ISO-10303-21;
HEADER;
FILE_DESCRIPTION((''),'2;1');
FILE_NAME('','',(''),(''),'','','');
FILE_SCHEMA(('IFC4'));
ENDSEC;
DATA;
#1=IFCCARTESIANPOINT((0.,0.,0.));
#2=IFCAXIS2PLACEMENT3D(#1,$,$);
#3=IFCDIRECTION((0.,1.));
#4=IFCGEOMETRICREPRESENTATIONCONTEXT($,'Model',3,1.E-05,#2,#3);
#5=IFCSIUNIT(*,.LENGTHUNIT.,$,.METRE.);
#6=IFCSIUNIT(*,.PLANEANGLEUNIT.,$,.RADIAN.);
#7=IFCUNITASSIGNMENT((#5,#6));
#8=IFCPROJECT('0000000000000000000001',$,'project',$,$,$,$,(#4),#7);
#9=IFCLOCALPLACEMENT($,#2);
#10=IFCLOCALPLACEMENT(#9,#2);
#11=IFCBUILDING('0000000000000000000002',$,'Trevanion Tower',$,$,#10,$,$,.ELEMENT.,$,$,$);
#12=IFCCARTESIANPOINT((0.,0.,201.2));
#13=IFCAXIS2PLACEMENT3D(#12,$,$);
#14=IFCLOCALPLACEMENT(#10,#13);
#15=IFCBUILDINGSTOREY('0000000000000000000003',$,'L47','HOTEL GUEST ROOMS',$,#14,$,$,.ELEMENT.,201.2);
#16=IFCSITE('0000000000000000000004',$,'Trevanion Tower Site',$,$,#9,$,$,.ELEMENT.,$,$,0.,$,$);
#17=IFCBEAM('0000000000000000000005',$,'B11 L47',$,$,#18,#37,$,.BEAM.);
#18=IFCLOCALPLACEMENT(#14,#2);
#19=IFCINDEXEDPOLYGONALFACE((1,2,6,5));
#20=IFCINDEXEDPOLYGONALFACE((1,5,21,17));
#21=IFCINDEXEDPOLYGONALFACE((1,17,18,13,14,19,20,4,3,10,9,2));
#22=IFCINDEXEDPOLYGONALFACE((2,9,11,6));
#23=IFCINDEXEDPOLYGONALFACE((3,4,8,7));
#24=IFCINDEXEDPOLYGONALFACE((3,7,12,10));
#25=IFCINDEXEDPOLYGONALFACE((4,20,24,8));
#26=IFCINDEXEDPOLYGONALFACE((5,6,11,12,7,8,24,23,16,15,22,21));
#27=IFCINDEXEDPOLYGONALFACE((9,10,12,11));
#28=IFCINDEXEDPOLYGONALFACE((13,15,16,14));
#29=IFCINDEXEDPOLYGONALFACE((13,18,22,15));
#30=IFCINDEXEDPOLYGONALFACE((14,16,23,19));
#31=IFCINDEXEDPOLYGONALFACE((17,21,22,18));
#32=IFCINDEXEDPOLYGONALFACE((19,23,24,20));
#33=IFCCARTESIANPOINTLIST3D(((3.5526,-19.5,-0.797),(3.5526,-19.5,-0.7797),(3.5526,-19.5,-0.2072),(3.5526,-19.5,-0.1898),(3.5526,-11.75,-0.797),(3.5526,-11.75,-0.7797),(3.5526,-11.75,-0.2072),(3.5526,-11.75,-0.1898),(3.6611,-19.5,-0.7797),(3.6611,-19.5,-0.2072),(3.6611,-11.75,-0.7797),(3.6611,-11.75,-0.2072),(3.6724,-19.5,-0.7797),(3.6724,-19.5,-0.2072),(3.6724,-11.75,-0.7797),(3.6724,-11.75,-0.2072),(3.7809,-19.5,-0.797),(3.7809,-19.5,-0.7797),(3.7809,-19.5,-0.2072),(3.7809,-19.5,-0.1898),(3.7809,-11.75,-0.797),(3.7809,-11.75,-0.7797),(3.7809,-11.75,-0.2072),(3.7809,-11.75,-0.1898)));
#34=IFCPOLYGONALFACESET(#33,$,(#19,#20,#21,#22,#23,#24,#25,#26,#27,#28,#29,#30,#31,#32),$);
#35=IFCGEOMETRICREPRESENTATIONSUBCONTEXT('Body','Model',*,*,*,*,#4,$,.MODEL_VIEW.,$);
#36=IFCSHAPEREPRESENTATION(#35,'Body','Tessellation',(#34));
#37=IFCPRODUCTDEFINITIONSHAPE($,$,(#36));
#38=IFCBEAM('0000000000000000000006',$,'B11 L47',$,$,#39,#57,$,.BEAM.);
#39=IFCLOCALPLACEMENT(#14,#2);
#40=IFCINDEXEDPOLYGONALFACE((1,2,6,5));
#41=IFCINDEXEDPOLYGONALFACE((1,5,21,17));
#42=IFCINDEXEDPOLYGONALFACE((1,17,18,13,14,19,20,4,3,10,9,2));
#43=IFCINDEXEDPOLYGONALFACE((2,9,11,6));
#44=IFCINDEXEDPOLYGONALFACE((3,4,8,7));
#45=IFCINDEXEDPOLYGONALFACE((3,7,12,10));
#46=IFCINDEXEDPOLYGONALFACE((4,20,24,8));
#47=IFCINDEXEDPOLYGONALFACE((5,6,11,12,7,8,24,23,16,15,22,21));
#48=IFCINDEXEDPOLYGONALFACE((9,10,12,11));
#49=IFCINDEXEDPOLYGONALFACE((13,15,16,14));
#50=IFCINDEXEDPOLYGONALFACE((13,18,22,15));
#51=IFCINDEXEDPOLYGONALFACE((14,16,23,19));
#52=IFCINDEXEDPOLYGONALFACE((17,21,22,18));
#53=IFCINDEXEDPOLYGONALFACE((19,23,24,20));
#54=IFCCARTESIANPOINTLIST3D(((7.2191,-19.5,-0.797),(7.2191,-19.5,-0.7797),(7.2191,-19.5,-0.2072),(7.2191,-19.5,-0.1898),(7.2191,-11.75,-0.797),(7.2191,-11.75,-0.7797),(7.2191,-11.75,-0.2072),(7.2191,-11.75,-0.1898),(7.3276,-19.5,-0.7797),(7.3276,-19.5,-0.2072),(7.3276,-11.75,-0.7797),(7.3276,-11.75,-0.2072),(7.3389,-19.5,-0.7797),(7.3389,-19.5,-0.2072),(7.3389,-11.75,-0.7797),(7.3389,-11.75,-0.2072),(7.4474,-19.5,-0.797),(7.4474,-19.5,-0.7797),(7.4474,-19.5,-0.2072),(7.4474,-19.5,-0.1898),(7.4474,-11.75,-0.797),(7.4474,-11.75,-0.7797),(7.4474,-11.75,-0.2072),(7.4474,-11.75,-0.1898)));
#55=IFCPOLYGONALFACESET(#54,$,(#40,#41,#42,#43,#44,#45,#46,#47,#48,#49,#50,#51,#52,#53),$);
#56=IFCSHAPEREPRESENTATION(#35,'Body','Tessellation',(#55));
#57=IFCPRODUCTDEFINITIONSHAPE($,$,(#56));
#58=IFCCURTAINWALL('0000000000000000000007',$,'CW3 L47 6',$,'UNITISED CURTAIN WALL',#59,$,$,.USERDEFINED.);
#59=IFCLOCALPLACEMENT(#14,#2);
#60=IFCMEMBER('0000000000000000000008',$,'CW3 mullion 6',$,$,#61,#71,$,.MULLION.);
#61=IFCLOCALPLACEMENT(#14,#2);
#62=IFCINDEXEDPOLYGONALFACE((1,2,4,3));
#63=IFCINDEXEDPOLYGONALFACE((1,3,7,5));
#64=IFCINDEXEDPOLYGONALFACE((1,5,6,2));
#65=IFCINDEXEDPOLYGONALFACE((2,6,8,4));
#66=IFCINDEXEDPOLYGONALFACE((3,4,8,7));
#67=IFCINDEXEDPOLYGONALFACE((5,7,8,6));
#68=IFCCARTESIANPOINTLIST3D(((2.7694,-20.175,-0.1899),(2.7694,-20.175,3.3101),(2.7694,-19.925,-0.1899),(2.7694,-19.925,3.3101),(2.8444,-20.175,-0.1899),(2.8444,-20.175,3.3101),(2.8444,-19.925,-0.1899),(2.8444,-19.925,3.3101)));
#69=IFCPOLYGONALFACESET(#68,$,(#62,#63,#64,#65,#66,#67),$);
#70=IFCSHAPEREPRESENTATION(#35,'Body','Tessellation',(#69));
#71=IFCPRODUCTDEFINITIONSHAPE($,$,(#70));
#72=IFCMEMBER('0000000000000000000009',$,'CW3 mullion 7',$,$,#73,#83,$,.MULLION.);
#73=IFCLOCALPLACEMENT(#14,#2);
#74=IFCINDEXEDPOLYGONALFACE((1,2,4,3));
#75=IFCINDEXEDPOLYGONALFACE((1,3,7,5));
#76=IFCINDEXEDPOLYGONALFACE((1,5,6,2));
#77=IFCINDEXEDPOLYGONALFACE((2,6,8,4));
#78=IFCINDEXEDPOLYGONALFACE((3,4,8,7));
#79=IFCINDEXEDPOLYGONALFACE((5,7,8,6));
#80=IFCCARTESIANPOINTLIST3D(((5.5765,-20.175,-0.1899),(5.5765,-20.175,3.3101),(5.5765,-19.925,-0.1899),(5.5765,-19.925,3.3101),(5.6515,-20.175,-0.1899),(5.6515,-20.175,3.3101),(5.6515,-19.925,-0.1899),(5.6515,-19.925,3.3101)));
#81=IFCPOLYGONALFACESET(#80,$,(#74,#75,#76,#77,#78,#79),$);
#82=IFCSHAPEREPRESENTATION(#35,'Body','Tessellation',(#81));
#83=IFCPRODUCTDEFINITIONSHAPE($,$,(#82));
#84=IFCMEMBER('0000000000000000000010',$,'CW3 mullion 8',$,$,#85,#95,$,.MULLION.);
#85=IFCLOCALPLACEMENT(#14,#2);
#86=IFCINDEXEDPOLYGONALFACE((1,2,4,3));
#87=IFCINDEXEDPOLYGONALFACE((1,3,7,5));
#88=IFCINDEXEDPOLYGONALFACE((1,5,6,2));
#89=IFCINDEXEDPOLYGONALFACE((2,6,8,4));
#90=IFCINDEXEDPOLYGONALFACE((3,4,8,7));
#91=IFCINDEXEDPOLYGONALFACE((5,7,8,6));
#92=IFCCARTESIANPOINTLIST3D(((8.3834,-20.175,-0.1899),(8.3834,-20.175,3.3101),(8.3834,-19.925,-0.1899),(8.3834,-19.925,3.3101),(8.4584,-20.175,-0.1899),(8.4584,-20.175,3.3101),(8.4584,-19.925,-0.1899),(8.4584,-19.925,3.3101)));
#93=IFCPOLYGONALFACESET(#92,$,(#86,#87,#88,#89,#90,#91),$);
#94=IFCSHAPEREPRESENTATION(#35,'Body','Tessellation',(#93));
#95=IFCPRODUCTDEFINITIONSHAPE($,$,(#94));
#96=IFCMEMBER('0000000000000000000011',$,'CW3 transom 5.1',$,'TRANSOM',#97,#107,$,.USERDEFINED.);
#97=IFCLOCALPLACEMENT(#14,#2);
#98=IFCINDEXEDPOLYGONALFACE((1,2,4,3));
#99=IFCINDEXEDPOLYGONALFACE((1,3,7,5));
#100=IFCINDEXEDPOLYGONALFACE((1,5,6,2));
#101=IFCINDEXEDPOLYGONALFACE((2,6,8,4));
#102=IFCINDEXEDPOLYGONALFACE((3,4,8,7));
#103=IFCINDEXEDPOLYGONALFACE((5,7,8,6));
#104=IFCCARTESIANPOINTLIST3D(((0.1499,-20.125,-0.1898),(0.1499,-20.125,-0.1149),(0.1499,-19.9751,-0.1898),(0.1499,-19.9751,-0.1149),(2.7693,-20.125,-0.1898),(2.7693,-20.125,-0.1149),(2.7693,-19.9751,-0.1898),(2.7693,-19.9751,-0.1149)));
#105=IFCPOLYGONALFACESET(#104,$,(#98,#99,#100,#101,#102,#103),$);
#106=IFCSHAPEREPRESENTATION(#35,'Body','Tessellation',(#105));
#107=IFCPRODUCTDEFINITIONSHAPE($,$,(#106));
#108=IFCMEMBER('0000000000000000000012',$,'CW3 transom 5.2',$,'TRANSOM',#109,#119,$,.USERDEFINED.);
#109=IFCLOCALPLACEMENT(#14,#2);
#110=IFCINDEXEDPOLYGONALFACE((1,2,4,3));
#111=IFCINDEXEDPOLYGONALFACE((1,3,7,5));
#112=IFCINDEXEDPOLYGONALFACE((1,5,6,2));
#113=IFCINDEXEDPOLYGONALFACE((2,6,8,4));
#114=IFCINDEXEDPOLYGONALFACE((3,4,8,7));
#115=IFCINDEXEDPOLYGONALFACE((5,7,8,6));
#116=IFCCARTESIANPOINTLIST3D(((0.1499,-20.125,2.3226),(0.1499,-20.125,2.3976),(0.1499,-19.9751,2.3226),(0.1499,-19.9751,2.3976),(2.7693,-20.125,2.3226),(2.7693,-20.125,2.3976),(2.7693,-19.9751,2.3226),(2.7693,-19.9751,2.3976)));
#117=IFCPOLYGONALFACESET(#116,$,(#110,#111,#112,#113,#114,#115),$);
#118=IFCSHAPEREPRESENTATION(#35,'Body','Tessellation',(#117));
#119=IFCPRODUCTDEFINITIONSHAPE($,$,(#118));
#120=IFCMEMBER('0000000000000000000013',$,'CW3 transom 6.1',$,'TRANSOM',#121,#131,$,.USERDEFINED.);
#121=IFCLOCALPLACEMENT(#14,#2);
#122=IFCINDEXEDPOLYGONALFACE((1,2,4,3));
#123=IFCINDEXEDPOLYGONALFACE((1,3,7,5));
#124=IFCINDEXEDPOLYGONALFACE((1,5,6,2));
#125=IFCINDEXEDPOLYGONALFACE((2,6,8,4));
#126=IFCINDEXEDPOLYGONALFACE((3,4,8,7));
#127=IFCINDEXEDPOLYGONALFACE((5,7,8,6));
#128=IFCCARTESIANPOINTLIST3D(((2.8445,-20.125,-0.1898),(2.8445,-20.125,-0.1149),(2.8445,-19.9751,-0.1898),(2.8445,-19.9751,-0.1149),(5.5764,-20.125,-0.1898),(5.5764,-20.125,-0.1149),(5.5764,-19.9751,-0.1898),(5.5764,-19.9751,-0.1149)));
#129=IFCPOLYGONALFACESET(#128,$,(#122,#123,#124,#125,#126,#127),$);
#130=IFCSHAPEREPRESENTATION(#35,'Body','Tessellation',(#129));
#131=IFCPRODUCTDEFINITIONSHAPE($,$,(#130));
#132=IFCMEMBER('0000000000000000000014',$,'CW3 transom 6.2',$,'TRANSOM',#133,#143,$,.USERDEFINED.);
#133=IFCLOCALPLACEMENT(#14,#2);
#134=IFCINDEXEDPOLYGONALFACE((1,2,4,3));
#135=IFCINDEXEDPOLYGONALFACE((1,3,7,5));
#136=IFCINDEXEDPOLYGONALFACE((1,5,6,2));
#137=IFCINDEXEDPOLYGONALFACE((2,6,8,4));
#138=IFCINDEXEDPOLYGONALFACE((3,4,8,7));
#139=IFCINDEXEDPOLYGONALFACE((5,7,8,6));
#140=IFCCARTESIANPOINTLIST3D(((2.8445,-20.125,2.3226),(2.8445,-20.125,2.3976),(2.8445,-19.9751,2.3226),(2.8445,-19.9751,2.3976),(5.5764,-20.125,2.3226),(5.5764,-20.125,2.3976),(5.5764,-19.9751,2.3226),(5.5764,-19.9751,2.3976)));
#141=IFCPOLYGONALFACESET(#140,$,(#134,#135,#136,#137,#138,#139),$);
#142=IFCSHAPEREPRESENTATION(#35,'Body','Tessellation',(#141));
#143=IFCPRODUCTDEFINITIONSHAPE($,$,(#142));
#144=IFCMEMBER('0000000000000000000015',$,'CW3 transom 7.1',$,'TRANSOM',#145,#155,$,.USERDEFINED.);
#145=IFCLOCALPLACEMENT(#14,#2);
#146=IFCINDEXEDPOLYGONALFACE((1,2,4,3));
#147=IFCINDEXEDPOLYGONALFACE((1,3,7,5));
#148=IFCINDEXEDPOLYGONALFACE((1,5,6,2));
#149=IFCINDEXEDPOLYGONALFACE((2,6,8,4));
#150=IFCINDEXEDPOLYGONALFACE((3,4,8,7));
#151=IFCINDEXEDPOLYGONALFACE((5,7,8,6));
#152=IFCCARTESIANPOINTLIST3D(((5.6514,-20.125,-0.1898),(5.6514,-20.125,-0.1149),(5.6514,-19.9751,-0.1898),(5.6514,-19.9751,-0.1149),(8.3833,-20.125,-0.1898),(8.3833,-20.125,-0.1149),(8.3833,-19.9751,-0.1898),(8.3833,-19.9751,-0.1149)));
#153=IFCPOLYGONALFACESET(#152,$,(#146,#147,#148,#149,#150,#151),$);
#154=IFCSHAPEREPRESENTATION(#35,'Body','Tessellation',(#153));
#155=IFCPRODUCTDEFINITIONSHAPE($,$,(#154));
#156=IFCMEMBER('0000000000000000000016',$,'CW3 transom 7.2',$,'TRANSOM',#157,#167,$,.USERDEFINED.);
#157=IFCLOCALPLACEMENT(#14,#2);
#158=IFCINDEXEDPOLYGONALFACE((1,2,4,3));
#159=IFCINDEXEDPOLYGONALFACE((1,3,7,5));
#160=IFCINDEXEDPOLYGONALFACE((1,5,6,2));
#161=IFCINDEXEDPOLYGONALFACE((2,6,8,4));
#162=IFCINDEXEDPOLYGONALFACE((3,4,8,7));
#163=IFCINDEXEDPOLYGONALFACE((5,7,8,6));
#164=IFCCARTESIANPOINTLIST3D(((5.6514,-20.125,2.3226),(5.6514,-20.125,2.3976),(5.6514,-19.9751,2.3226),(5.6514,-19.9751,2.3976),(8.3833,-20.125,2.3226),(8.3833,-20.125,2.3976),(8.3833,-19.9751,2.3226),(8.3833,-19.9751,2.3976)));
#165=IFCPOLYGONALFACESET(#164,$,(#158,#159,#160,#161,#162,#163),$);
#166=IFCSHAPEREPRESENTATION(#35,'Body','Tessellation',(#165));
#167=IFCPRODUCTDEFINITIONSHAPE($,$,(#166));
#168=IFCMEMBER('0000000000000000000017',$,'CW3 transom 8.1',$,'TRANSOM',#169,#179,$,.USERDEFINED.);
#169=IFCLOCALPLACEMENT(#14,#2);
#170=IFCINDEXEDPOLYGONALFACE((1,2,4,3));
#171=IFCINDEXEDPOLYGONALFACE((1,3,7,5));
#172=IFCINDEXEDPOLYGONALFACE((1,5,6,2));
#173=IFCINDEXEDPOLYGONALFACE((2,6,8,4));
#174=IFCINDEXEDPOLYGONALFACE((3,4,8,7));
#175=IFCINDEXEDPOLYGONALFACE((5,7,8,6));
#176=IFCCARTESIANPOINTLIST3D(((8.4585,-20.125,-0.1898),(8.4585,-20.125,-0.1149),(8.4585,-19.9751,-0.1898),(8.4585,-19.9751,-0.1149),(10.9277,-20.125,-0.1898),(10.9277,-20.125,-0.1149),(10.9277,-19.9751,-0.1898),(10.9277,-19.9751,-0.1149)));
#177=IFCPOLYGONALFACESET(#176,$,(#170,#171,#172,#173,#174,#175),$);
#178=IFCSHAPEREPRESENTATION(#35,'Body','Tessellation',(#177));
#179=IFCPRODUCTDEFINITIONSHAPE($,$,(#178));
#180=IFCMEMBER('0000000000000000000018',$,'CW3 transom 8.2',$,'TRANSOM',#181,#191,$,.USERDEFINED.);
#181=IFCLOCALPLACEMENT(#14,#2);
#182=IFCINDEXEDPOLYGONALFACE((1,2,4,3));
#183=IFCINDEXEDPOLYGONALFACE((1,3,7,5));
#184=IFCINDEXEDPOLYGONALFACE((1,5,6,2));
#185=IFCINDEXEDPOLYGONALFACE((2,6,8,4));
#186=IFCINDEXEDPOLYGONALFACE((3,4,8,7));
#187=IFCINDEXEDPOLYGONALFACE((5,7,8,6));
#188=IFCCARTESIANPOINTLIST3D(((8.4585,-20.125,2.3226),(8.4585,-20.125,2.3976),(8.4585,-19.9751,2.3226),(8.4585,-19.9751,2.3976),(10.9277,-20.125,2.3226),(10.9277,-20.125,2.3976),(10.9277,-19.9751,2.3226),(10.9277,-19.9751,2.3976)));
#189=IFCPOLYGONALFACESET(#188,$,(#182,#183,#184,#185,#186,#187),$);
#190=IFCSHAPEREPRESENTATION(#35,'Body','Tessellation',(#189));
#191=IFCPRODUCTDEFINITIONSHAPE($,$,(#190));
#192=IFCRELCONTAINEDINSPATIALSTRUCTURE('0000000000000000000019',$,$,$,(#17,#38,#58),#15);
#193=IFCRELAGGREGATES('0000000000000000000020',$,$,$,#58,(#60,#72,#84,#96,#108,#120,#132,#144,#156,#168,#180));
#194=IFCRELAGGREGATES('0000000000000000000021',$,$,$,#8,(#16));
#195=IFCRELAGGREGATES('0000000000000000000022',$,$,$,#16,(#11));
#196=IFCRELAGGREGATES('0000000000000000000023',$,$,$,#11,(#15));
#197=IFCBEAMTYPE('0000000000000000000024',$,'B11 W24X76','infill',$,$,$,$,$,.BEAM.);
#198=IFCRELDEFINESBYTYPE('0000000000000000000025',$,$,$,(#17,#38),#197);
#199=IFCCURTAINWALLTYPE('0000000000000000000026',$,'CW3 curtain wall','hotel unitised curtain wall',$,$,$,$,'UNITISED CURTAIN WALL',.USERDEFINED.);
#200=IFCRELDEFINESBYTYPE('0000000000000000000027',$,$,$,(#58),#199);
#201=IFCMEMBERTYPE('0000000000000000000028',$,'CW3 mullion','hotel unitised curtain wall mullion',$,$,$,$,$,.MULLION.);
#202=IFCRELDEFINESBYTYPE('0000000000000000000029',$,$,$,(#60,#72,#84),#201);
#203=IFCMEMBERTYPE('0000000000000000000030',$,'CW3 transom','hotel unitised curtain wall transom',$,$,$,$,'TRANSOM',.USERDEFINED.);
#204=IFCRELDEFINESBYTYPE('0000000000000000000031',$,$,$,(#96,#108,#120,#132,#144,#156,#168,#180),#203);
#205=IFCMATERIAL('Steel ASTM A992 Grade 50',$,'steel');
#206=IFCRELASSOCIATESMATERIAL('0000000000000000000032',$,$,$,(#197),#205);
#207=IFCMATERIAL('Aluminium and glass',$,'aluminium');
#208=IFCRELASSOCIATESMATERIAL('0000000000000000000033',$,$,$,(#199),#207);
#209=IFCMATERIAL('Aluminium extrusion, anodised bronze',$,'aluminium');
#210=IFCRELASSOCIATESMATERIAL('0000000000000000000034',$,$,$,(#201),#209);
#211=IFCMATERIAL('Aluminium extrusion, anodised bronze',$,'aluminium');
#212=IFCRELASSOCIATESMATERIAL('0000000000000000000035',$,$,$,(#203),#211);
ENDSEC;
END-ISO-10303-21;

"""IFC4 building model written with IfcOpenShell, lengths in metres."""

from ifc_helpers import new_model, si_unit, direction, frame, origin, origin_2d, place, context, subcontext, project, spatial, rectangle, i_section, extrude, material, material_profile, profile_set, type_object, element, aggregate, save


model = new_model("IFC4")

# Units and contexts
model_context = context("Model", 3, precision=1e-05, world=origin(), true_north=direction((0.0, 1.0)))
body_context = subcontext(model_context, "Body", "Model", "MODEL_VIEW")
ifc_project = project(units=[si_unit("LENGTHUNIT", "METRE"), si_unit("PLANEANGLEUNIT", "RADIAN")], contexts=[model_context])

# Site, building, storey
site_placement = place(None, origin())
site = spatial("IfcSite", under=ifc_project, at=site_placement, Name="Trevanion Tower Site", CompositionType="ELEMENT", RefElevation=0.0)
building_placement = place(site_placement, origin())
building = spatial("IfcBuilding", under=site, at=building_placement, Name="Trevanion Tower", CompositionType="ELEMENT")
storey_placement = place(building_placement, frame((0.0, 0.0, 201.2)))
storey = spatial("IfcBuildingStorey", under=building, at=storey_placement, Name="L47", Description="HOTEL GUEST ROOMS", CompositionType="ELEMENT", Elevation=201.2)

# Beams
ifc_material_1 = material(Name="Steel ASTM A992 Grade 50", Category="steel")
ifc_material_profile_1 = material_profile(ifc_material_1, i_section(OverallWidth=0.2283, OverallDepth=0.6072, WebThickness=0.0112, FlangeThickness=0.0173, at=origin_2d()), Name="W24X76")
ifc_profile_set_1 = profile_set([ifc_material_profile_1], Name="Steel ASTM A992 Grade 50")
beam_type_1 = type_object("IfcBeamType", Name="B11 W24X76", Description="infill", PredefinedType="BEAM", material=ifc_profile_set_1)
for number, where, z_axis, x_axis, name in (
    (1, (3.6667, -11.75, -0.4934), (0.0, -1.0, 0.0), (1.0, 0.0, 0.0), "B11 L47"),
    (2, (7.3333, -11.75, -0.4934), (0.0, -1.0, 0.0), (1.0, 0.0, 0.0), "B11 L47"),
):
    element("IfcBeam", number, at=place(storey_placement, frame(where, z_axis=z_axis, x_axis=x_axis)), inside=storey, type_object=beam_type_1, Name=name, PredefinedType="BEAM", context=body_context, shape_type="SweptSolid", body=[
        extrude(i_section(OverallWidth=0.2283, OverallDepth=0.6072, WebThickness=0.0112, FlangeThickness=0.0173, at=origin_2d()), origin(), (0.0, 0.0, 1.0), 7.75),
    ])

# Curtain wall, members
ifc_material_2 = material(Name="Aluminium and glass", Category="aluminium")
curtain_wall_type = type_object("IfcCurtainWallType", Name="CW3 curtain wall", Description="hotel unitised curtain wall", ElementType="UNITISED CURTAIN WALL", PredefinedType="USERDEFINED", material=ifc_material_2)
curtain_wall_placement = place(storey_placement, origin())
curtain_wall = element("IfcCurtainWall", 3, at=curtain_wall_placement, inside=storey, type_object=curtain_wall_type, Name="CW3 L47 6", ObjectType="UNITISED CURTAIN WALL", PredefinedType="USERDEFINED")
ifc_material_3 = material(Name="Aluminium extrusion, anodised bronze", Category="aluminium")
ifc_material_profile_2 = material_profile(ifc_material_3, rectangle(XDim=0.075, YDim=0.25, at=origin_2d()), Name="CW3 mullion")
ifc_profile_set_2 = profile_set([ifc_material_profile_2], Name="Aluminium extrusion, anodised bronze")
member_type_1 = type_object("IfcMemberType", Name="CW3 mullion", Description="hotel unitised curtain wall mullion", PredefinedType="MULLION", material=ifc_profile_set_2)
member_1_placement = place(storey_placement, frame((2.8069, -20.05, -0.1899), z_axis=(0.0, 0.0, 1.0), x_axis=(1.0, 0.0, 0.0)))
member_1 = element("IfcMember", 4, at=member_1_placement, type_object=member_type_1, Name="CW3 mullion 6", PredefinedType="MULLION", context=body_context, shape_type="SweptSolid", body=[
    extrude(rectangle(XDim=0.075, YDim=0.25, at=origin_2d()), origin(), (0.0, 0.0, 1.0), 3.5),
])
member_2_placement = place(storey_placement, frame((5.614, -20.05, -0.1899), z_axis=(0.0, 0.0, 1.0), x_axis=(1.0, 0.0, 0.0)))
member_2 = element("IfcMember", 5, at=member_2_placement, type_object=member_type_1, Name="CW3 mullion 7", PredefinedType="MULLION", context=body_context, shape_type="SweptSolid", body=[
    extrude(rectangle(XDim=0.075, YDim=0.25, at=origin_2d()), origin(), (0.0, 0.0, 1.0), 3.5),
])
member_3_placement = place(storey_placement, frame((8.4209, -20.05, -0.1899), z_axis=(0.0, 0.0, 1.0), x_axis=(1.0, 0.0, 0.0)))
member_3 = element("IfcMember", 6, at=member_3_placement, type_object=member_type_1, Name="CW3 mullion 8", PredefinedType="MULLION", context=body_context, shape_type="SweptSolid", body=[
    extrude(rectangle(XDim=0.075, YDim=0.25, at=origin_2d()), origin(), (0.0, 0.0, 1.0), 3.5),
])
ifc_material_4 = material(Name="Aluminium extrusion, anodised bronze", Category="aluminium")
ifc_material_profile_3 = material_profile(ifc_material_4, rectangle(XDim=0.1499, YDim=0.075, at=origin_2d()), Name="CW3 transom")
ifc_profile_set_3 = profile_set([ifc_material_profile_3], Name="Aluminium extrusion, anodised bronze")
member_type_2 = type_object("IfcMemberType", Name="CW3 transom", Description="hotel unitised curtain wall transom", ElementType="TRANSOM", PredefinedType="USERDEFINED", material=ifc_profile_set_3)
member_4_placement = place(storey_placement, frame((0.1499, -20.05, -0.1523), z_axis=(1.0, 0.0, 0.0), x_axis=(0.0, 1.0, 0.0)))
member_4 = element("IfcMember", 7, at=member_4_placement, type_object=member_type_2, Name="CW3 transom 5.1", ObjectType="TRANSOM", PredefinedType="USERDEFINED", context=body_context, shape_type="SweptSolid", body=[
    extrude(rectangle(XDim=0.1499, YDim=0.075, at=origin_2d()), origin(), (0.0, 0.0, 1.0), 2.6194),
])
member_5_placement = place(storey_placement, frame((0.1499, -20.05, 2.3601), z_axis=(1.0, 0.0, 0.0), x_axis=(0.0, 1.0, 0.0)))
member_5 = element("IfcMember", 8, at=member_5_placement, type_object=member_type_2, Name="CW3 transom 5.2", ObjectType="TRANSOM", PredefinedType="USERDEFINED", context=body_context, shape_type="SweptSolid", body=[
    extrude(rectangle(XDim=0.1499, YDim=0.075, at=origin_2d()), origin(), (0.0, 0.0, 1.0), 2.6194),
])
member_6_placement = place(storey_placement, frame((2.8445, -20.05, -0.1523), z_axis=(1.0, 0.0, 0.0), x_axis=(0.0, 1.0, 0.0)))
member_6 = element("IfcMember", 9, at=member_6_placement, type_object=member_type_2, Name="CW3 transom 6.1", ObjectType="TRANSOM", PredefinedType="USERDEFINED", context=body_context, shape_type="SweptSolid", body=[
    extrude(rectangle(XDim=0.1499, YDim=0.075, at=origin_2d()), origin(), (0.0, 0.0, 1.0), 2.7319),
])
member_7_placement = place(storey_placement, frame((2.8445, -20.05, 2.3601), z_axis=(1.0, 0.0, 0.0), x_axis=(0.0, 1.0, 0.0)))
member_7 = element("IfcMember", 10, at=member_7_placement, type_object=member_type_2, Name="CW3 transom 6.2", ObjectType="TRANSOM", PredefinedType="USERDEFINED", context=body_context, shape_type="SweptSolid", body=[
    extrude(rectangle(XDim=0.1499, YDim=0.075, at=origin_2d()), origin(), (0.0, 0.0, 1.0), 2.7319),
])
member_8_placement = place(storey_placement, frame((5.6514, -20.05, -0.1523), z_axis=(1.0, 0.0, 0.0), x_axis=(0.0, 1.0, 0.0)))
member_8 = element("IfcMember", 11, at=member_8_placement, type_object=member_type_2, Name="CW3 transom 7.1", ObjectType="TRANSOM", PredefinedType="USERDEFINED", context=body_context, shape_type="SweptSolid", body=[
    extrude(rectangle(XDim=0.1499, YDim=0.075, at=origin_2d()), origin(), (0.0, 0.0, 1.0), 2.7319),
])
member_9_placement = place(storey_placement, frame((5.6514, -20.05, 2.3601), z_axis=(1.0, 0.0, 0.0), x_axis=(0.0, 1.0, 0.0)))
member_9 = element("IfcMember", 12, at=member_9_placement, type_object=member_type_2, Name="CW3 transom 7.2", ObjectType="TRANSOM", PredefinedType="USERDEFINED", context=body_context, shape_type="SweptSolid", body=[
    extrude(rectangle(XDim=0.1499, YDim=0.075, at=origin_2d()), origin(), (0.0, 0.0, 1.0), 2.7319),
])
member_10_placement = place(storey_placement, frame((8.4585, -20.05, -0.1523), z_axis=(1.0, 0.0, 0.0), x_axis=(0.0, 1.0, 0.0)))
member_10 = element("IfcMember", 13, at=member_10_placement, type_object=member_type_2, Name="CW3 transom 8.1", ObjectType="TRANSOM", PredefinedType="USERDEFINED", context=body_context, shape_type="SweptSolid", body=[
    extrude(rectangle(XDim=0.1499, YDim=0.075, at=origin_2d()), origin(), (0.0, 0.0, 1.0), 2.4692),
])
member_11_placement = place(storey_placement, frame((8.4585, -20.05, 2.3601), z_axis=(1.0, 0.0, 0.0), x_axis=(0.0, 1.0, 0.0)))
member_11 = element("IfcMember", 14, at=member_11_placement, type_object=member_type_2, Name="CW3 transom 8.2", ObjectType="TRANSOM", PredefinedType="USERDEFINED", context=body_context, shape_type="SweptSolid", body=[
    extrude(rectangle(XDim=0.1499, YDim=0.075, at=origin_2d()), origin(), (0.0, 0.0, 1.0), 2.4692),
])

aggregate(curtain_wall, [member_1, member_2, member_3, member_4, member_5, member_6, member_7, member_8, member_9, member_10, member_11])

save(model, "model.ifc")
